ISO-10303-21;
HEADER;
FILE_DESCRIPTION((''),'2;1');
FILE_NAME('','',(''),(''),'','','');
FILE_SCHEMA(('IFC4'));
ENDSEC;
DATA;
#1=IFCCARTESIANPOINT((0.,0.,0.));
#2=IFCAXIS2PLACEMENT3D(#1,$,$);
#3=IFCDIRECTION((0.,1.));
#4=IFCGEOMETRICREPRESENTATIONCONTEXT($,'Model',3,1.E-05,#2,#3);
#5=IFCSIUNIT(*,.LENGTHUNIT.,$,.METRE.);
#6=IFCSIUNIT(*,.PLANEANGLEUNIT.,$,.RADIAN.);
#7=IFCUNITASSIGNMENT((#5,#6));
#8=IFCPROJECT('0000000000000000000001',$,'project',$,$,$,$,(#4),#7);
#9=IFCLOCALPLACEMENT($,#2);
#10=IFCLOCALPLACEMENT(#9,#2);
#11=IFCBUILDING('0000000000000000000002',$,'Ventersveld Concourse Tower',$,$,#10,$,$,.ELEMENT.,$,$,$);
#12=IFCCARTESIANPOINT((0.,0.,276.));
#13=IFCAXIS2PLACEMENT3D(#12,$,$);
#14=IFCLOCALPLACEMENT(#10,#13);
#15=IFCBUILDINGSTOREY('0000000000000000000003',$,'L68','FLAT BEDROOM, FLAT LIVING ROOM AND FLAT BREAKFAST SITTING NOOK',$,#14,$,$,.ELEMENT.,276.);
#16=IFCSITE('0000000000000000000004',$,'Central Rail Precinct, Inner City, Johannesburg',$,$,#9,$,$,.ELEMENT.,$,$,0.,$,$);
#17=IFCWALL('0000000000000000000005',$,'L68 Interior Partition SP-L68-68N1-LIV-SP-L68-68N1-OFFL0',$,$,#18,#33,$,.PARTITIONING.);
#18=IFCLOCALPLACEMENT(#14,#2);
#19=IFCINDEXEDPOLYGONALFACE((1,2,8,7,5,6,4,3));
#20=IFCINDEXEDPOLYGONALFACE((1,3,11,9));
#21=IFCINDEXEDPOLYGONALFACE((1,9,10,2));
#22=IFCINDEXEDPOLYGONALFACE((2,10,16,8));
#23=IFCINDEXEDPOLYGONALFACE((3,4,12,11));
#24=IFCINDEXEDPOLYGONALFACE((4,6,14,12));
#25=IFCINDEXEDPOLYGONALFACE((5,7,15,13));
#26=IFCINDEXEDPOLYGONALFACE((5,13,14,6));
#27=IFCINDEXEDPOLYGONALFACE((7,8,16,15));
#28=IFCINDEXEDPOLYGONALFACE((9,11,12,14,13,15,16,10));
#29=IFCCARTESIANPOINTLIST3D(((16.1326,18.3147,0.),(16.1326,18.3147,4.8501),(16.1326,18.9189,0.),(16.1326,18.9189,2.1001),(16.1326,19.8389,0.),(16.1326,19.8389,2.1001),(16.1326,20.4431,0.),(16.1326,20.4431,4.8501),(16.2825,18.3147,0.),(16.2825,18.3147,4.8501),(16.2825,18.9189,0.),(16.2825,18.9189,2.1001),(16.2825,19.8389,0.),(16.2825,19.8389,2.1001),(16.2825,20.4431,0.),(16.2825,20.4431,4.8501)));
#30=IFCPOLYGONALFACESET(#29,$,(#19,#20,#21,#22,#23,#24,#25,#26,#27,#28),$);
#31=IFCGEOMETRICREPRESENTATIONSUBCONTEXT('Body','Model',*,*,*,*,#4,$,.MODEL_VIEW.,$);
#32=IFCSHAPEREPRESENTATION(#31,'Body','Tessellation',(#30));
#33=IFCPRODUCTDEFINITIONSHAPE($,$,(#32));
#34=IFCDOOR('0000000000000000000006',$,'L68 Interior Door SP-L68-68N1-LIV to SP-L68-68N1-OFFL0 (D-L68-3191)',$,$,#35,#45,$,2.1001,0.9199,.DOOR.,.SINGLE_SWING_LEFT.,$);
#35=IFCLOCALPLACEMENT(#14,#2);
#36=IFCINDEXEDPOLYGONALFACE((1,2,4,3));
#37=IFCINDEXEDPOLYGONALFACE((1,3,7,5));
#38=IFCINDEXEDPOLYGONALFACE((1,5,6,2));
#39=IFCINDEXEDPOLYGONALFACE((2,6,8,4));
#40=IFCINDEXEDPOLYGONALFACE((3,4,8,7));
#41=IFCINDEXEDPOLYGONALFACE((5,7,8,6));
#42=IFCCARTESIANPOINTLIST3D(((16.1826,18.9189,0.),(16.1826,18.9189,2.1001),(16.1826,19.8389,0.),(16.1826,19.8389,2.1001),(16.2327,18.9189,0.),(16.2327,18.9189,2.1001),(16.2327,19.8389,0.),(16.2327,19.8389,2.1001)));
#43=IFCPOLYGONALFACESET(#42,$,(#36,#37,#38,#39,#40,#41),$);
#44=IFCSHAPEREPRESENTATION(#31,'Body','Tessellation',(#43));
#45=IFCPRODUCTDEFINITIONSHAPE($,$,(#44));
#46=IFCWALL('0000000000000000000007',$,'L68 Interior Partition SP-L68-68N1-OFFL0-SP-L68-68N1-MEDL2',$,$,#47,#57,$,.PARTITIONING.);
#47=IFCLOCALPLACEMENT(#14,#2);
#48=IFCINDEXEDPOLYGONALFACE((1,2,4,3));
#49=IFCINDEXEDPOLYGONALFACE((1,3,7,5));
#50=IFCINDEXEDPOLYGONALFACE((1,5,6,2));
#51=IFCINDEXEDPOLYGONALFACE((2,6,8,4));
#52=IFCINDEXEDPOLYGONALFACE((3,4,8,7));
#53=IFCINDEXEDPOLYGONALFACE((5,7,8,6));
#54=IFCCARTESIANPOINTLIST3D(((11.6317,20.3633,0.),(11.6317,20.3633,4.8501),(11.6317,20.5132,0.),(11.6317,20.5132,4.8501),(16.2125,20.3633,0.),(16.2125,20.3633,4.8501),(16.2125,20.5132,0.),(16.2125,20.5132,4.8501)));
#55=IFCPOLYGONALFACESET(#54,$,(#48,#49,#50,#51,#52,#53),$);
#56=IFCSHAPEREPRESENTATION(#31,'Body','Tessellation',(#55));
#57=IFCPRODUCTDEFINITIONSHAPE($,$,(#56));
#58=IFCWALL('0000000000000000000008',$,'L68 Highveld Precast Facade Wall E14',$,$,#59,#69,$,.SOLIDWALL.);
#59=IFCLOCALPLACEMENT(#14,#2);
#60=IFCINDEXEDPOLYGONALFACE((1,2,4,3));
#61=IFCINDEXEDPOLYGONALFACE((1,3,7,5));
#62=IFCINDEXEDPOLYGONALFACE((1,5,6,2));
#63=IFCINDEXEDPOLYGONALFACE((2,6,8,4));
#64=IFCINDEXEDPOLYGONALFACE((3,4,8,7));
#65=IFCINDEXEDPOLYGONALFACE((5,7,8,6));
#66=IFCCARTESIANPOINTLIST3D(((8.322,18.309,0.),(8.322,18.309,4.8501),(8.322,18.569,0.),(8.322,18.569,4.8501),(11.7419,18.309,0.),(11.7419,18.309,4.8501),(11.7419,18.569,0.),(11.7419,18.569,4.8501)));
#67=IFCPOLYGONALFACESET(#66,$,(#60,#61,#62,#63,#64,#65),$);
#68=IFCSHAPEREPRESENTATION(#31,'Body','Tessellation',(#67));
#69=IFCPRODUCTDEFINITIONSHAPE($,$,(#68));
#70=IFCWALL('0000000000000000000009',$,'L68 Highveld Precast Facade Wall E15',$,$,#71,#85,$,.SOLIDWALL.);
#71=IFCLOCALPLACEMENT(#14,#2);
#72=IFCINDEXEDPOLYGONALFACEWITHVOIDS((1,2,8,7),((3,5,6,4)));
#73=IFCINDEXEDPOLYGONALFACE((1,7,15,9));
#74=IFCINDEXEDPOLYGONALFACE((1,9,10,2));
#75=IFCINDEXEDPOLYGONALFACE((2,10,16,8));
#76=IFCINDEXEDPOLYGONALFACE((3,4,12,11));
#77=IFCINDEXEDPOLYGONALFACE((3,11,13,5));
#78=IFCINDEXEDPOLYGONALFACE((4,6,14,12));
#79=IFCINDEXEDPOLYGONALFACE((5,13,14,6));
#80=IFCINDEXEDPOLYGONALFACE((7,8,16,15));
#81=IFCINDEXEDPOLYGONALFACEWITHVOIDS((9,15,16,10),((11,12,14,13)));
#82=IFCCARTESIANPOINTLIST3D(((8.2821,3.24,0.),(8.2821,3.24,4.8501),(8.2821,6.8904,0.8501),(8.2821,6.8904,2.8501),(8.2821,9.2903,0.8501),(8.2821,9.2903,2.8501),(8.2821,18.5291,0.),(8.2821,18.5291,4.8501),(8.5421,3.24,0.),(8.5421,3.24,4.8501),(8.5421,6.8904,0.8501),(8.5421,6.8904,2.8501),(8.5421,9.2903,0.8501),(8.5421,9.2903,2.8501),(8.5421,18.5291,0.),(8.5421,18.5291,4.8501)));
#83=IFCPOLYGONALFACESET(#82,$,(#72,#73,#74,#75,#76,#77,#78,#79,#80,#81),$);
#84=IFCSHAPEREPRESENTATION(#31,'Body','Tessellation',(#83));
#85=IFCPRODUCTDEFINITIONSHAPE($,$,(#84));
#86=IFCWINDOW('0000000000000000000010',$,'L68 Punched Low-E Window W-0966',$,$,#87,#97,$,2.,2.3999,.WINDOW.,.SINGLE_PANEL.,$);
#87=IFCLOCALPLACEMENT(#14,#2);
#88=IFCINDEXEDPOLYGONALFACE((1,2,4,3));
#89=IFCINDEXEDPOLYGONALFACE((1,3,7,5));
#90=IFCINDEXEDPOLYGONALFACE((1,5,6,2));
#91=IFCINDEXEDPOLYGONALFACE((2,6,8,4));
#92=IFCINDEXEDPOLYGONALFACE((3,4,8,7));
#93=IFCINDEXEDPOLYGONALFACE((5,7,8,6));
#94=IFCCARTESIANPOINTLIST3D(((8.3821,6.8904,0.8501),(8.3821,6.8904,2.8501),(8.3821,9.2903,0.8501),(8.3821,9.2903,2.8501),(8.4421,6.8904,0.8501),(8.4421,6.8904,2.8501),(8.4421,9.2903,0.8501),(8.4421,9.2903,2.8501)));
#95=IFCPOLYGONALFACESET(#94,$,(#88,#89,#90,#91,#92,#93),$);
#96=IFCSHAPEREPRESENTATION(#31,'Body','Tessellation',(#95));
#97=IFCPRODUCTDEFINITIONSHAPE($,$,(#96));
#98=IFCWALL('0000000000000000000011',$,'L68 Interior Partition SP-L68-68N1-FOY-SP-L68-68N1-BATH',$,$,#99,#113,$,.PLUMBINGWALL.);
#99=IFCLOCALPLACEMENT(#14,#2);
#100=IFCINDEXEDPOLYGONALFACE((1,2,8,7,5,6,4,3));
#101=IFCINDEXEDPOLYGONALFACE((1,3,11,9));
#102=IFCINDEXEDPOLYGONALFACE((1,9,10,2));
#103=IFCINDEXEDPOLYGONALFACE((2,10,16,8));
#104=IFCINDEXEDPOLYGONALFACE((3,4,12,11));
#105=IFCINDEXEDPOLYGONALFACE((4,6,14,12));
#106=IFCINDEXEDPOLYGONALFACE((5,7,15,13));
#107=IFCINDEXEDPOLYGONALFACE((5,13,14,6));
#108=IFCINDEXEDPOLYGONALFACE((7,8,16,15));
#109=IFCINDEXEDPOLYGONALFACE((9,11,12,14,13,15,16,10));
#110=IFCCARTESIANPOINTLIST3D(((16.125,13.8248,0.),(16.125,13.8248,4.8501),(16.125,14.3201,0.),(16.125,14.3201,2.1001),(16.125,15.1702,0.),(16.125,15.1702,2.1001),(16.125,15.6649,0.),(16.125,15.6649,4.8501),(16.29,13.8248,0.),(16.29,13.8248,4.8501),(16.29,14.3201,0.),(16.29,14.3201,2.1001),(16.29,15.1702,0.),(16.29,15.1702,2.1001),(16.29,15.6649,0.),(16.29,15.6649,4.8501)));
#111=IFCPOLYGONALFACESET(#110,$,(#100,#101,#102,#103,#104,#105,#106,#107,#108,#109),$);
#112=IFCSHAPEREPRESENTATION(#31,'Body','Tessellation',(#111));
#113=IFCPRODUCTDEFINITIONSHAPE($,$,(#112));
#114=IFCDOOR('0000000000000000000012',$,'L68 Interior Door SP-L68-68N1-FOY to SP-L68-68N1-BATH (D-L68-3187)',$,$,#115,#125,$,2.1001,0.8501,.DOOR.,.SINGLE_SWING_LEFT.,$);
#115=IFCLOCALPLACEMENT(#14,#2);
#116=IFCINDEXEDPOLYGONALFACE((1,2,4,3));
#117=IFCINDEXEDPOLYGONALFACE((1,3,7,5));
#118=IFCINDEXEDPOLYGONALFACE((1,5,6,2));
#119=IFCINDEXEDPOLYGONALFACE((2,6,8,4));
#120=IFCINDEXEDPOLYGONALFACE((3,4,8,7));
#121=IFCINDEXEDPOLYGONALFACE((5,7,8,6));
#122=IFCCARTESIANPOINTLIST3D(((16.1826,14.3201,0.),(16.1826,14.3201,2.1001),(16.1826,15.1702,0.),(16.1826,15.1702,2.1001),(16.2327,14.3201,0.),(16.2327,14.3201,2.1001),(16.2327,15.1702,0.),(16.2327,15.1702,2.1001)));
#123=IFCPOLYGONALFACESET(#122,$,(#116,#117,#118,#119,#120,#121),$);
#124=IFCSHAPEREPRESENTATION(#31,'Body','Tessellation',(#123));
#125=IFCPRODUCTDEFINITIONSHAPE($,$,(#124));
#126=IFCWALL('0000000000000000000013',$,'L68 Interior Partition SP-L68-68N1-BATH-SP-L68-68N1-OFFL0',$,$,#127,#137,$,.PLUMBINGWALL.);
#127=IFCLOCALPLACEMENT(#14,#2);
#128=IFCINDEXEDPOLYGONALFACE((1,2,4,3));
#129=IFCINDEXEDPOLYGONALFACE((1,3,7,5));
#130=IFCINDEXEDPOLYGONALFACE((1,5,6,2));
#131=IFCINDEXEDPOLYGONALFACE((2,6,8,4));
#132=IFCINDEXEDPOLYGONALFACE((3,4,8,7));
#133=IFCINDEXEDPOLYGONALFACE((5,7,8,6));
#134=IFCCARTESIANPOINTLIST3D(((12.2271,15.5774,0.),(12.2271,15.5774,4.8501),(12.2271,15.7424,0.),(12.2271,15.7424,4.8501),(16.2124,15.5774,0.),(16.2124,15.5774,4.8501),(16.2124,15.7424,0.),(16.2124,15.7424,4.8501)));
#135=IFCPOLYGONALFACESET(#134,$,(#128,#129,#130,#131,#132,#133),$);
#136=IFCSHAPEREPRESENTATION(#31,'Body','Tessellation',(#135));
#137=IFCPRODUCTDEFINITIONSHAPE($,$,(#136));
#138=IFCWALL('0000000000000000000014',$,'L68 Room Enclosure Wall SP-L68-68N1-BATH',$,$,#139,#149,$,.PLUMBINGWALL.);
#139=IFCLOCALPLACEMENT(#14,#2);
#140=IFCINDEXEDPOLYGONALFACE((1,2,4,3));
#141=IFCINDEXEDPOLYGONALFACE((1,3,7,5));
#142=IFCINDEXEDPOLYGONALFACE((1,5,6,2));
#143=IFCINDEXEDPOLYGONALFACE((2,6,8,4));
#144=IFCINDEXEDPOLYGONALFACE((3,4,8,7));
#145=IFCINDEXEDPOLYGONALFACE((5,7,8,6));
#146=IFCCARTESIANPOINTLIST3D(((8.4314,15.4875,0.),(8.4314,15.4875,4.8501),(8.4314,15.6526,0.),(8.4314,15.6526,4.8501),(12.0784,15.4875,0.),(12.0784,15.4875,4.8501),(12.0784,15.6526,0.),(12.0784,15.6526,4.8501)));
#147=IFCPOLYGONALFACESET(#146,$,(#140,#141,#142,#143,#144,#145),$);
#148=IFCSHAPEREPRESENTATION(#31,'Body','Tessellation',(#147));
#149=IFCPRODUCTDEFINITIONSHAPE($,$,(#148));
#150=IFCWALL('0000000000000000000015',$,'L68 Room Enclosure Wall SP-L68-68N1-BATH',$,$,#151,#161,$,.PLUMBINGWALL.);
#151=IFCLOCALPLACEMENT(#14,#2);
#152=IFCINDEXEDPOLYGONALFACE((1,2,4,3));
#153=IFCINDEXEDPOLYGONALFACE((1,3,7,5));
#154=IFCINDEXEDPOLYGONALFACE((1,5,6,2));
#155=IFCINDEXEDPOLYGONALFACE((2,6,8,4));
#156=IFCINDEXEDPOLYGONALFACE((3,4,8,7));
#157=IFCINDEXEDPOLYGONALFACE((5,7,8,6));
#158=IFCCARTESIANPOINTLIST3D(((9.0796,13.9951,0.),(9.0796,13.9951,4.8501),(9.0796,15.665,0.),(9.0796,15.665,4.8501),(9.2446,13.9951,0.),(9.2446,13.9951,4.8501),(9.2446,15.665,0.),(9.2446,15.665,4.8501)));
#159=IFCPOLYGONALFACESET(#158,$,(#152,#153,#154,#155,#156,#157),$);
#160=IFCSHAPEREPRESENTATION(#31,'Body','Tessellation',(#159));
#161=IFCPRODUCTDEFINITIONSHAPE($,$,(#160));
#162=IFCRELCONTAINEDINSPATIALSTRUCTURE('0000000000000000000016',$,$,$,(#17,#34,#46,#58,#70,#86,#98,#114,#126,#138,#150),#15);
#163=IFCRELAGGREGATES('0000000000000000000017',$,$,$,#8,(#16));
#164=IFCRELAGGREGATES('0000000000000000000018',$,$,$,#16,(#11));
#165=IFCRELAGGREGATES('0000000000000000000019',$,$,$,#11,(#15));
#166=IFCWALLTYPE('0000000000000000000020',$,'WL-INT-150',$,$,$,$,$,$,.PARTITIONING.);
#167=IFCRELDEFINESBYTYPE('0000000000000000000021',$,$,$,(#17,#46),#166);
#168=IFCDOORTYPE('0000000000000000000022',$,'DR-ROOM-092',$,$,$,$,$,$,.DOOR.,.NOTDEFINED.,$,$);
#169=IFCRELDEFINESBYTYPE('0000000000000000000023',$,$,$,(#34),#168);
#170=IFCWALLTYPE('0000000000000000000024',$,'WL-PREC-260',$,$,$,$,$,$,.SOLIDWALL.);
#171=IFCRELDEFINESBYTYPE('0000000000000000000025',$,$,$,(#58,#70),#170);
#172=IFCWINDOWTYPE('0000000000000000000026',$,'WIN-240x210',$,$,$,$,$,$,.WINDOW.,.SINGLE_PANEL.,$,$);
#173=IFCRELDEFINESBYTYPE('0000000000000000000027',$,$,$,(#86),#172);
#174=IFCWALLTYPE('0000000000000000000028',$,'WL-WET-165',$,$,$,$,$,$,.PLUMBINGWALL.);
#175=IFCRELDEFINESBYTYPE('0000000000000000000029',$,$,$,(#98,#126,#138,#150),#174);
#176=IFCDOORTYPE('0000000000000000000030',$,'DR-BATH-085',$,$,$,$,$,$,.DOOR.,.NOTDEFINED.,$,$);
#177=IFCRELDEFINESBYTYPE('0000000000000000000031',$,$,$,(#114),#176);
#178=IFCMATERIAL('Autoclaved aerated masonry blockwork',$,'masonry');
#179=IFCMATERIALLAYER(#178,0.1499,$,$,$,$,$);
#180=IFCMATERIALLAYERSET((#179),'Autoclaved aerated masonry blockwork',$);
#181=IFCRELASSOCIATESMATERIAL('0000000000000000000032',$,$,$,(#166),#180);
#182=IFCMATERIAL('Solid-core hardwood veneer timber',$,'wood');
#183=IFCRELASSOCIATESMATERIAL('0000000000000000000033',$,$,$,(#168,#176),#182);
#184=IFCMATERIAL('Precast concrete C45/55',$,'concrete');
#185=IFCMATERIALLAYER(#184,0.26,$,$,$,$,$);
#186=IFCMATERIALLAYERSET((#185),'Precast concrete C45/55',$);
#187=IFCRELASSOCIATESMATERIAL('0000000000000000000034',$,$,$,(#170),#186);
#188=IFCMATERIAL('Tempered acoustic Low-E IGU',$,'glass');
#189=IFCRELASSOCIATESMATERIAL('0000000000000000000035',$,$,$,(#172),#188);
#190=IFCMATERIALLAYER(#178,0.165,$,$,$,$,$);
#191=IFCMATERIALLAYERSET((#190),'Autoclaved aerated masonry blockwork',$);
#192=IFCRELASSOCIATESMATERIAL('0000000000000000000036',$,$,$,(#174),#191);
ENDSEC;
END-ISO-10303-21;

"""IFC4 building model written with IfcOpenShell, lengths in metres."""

from ifc_helpers import new_model, si_unit, direction, frame, frame_2d, origin, place, context, subcontext, project, spatial, rectangle, extrude, material, layer, layer_set, type_object, element, fill, save


model = new_model("IFC4")

# Units and contexts
model_context = context("Model", 3, precision=1e-05, world=origin(), true_north=direction((0.0, 1.0)))
body_context = subcontext(model_context, "Body", "Model", "MODEL_VIEW")
ifc_project = project(units=[si_unit("LENGTHUNIT", "METRE"), si_unit("PLANEANGLEUNIT", "RADIAN")], contexts=[model_context])

# Site, building, storey
site_placement = place(None, origin())
site = spatial("IfcSite", under=ifc_project, at=site_placement, Name="Central Rail Precinct, Inner City, Johannesburg", CompositionType="ELEMENT", RefElevation=0.0)
building_placement = place(site_placement, origin())
building = spatial("IfcBuilding", under=site, at=building_placement, Name="Ventersveld Concourse Tower", CompositionType="ELEMENT")
storey_placement = place(building_placement, frame((0.0, 0.0, 276.0)))
storey = spatial("IfcBuildingStorey", under=building, at=storey_placement, Name="L68", Description="FLAT BEDROOM, FLAT LIVING ROOM AND FLAT BREAKFAST SITTING NOOK", CompositionType="ELEMENT", Elevation=276.0)

# Shared definitions
ifc_material_1 = material(Name="Solid-core hardwood veneer timber", Category="wood")

# Wall, opening, door
ifc_material_2 = material(Name="Autoclaved aerated masonry blockwork", Category="masonry")
ifc_layer_1 = layer(ifc_material_2, 0.1499)
ifc_layer_set_1 = layer_set([ifc_layer_1], Name="Autoclaved aerated masonry blockwork")
wall_type_1 = type_object("IfcWallType", Name="WL-INT-150", PredefinedType="PARTITIONING", material=ifc_layer_set_1)
door_type_1 = type_object("IfcDoorType", Name="DR-ROOM-092", OperationType="NOTDEFINED", PredefinedType="DOOR", material=ifc_material_1)
wall_1_placement = place(storey_placement, frame((16.2075, 18.3147, 0.0), z_axis=(0.0, 0.0, 1.0), x_axis=(0.0, 1.0, 0.0)))
wall_1 = element("IfcWall", 1, at=wall_1_placement, inside=storey, type_object=wall_type_1, Name="L68 Interior Partition SP-L68-68N1-LIV-SP-L68-68N1-OFFL0", PredefinedType="PARTITIONING", context=body_context, shape_type="SweptSolid", body=[
    extrude(rectangle(XDim=2.1284, YDim=0.1499, at=frame_2d((1.0642, 0.0))), origin(), (0.0, 0.0, 1.0), 4.8501),
])
opening_1_placement = place(wall_1_placement, frame((0.6042, 0.0, 0.0)))
opening_1 = element("IfcOpeningElement", 2, at=opening_1_placement, cuts=wall_1, PredefinedType="OPENING", context=body_context, shape_type="SweptSolid", body=[
    extrude(rectangle(XDim=0.9199, YDim=2.1001, at=frame_2d((0.46, 1.05))), frame((0.0, 0.085, 0.0), z_axis=(0.0, -1.0, 0.0), x_axis=(1.0, 0.0, 0.0)), (0.0, 0.0, 1.0), 0.1699),
])
door_1_placement = place(opening_1_placement, origin())
door_1 = element("IfcDoor", 3, at=door_1_placement, inside=storey, type_object=door_type_1, Name="L68 Interior Door SP-L68-68N1-LIV to SP-L68-68N1-OFFL0 (D-L68-3191)", OperationType="SINGLE_SWING_LEFT", OverallHeight=2.1001, OverallWidth=0.9199, PredefinedType="DOOR", context=body_context, shape_type="SweptSolid", body=[
    extrude(rectangle(XDim=0.9199, YDim=2.1001, at=frame_2d((0.46, 1.05))), frame((0.0, 0.0249, 0.0), z_axis=(0.0, -1.0, 0.0), x_axis=(1.0, 0.0, 0.0)), (0.0, 0.0, 1.0), 0.05),
])
fill(opening_1, door_1)

# Walls
wall_2_placement = place(storey_placement, frame((11.6316, 20.4382, 0.0), z_axis=(0.0, 0.0, 1.0), x_axis=(1.0, 0.0, 0.0)))
element("IfcWall", 4, at=wall_2_placement, inside=storey, type_object=wall_type_1, Name="L68 Interior Partition SP-L68-68N1-OFFL0-SP-L68-68N1-MEDL2", PredefinedType="PARTITIONING", context=body_context, shape_type="SweptSolid", body=[
    extrude(rectangle(XDim=4.5808, YDim=0.1499, at=frame_2d((2.2905, 0.0))), origin(), (0.0, 0.0, 1.0), 4.8501),
])
ifc_material_3 = material(Name="Precast concrete C45/55", Category="concrete")
ifc_layer_2 = layer(ifc_material_3, 0.26)
ifc_layer_set_2 = layer_set([ifc_layer_2], Name="Precast concrete C45/55")
wall_type_2 = type_object("IfcWallType", Name="WL-PREC-260", PredefinedType="SOLIDWALL", material=ifc_layer_set_2)
wall_3_placement = place(storey_placement, frame((11.7419, 18.439, 0.0), z_axis=(0.0, 0.0, 1.0), x_axis=(-1.0, 0.0, 0.0)))
element("IfcWall", 5, at=wall_3_placement, inside=storey, type_object=wall_type_2, Name="L68 Highveld Precast Facade Wall E14", PredefinedType="SOLIDWALL", context=body_context, shape_type="SweptSolid", body=[
    extrude(rectangle(XDim=3.4199, YDim=0.26, at=frame_2d((1.71, 0.0))), origin(), (0.0, 0.0, 1.0), 4.8501),
])

# Wall, opening, window
wall_4_placement = place(storey_placement, frame((8.4121, 18.5291, 0.0), z_axis=(0.0, 0.0, 1.0), x_axis=(0.0, -1.0, 0.0)))
wall_4 = element("IfcWall", 6, at=wall_4_placement, inside=storey, type_object=wall_type_2, Name="L68 Highveld Precast Facade Wall E15", PredefinedType="SOLIDWALL", context=body_context, shape_type="SweptSolid", body=[
    extrude(rectangle(XDim=15.2891, YDim=0.26, at=frame_2d((7.6445, 0.0))), origin(), (0.0, 0.0, 1.0), 4.8501),
])
opening_2_placement = place(wall_4_placement, frame((9.2388, 0.0, 0.8501)))
opening_2 = element("IfcOpeningElement", 7, at=opening_2_placement, cuts=wall_4, PredefinedType="OPENING", context=body_context, shape_type="SweptSolid", body=[
    extrude(rectangle(XDim=2.3999, YDim=2.0, at=frame_2d((1.2, 1.0))), frame((0.0, 0.1401, 0.0), z_axis=(0.0, -1.0, 0.0), x_axis=(1.0, 0.0, 0.0)), (0.0, 0.0, 1.0), 0.28),
])
ifc_material_4 = material(Name="Tempered acoustic Low-E IGU", Category="glass")
window_type = type_object("IfcWindowType", Name="WIN-240x210", PartitioningType="SINGLE_PANEL", PredefinedType="WINDOW", material=ifc_material_4)
window_placement = place(opening_2_placement, origin())
window = element("IfcWindow", 8, at=window_placement, inside=storey, type_object=window_type, Name="L68 Punched Low-E Window W-0966", OverallHeight=2.0, OverallWidth=2.3999, PartitioningType="SINGLE_PANEL", PredefinedType="WINDOW", context=body_context, shape_type="SweptSolid", body=[
    extrude(rectangle(XDim=2.3999, YDim=2.0, at=frame_2d((1.2, 1.0))), frame((0.0, 0.03, 0.0), z_axis=(0.0, -1.0, 0.0), x_axis=(1.0, 0.0, 0.0)), (0.0, 0.0, 1.0), 0.0601),
])
fill(opening_2, window)

# Wall, opening, door
ifc_layer_3 = layer(ifc_material_2, 0.165)
ifc_layer_set_3 = layer_set([ifc_layer_3], Name="Autoclaved aerated masonry blockwork")
wall_type_3 = type_object("IfcWallType", Name="WL-WET-165", PredefinedType="PLUMBINGWALL", material=ifc_layer_set_3)
wall_5_placement = place(storey_placement, frame((16.2075, 13.825, 0.0), z_axis=(0.0, 0.0, 1.0), x_axis=(0.0, 1.0, 0.0)))
wall_5 = element("IfcWall", 9, at=wall_5_placement, inside=storey, type_object=wall_type_3, Name="L68 Interior Partition SP-L68-68N1-FOY-SP-L68-68N1-BATH", PredefinedType="PLUMBINGWALL", context=body_context, shape_type="SweptSolid", body=[
    extrude(rectangle(XDim=1.8401, YDim=0.165, at=frame_2d((0.9199, 0.0))), origin(), (0.0, 0.0, 1.0), 4.8501),
])
opening_3_placement = place(wall_5_placement, frame((0.4951, 0.0, 0.0)))
opening_3 = element("IfcOpeningElement", 10, at=opening_3_placement, cuts=wall_5, PredefinedType="OPENING", context=body_context, shape_type="SweptSolid", body=[
    extrude(rectangle(XDim=0.8501, YDim=2.1001, at=frame_2d((0.425, 1.05))), frame((0.0, 0.0925, 0.0), z_axis=(0.0, -1.0, 0.0), x_axis=(1.0, 0.0, 0.0)), (0.0, 0.0, 1.0), 0.1851),
])
door_type_2 = type_object("IfcDoorType", Name="DR-BATH-085", OperationType="NOTDEFINED", PredefinedType="DOOR", material=ifc_material_1)
door_2_placement = place(opening_3_placement, origin())
door_2 = element("IfcDoor", 11, at=door_2_placement, inside=storey, type_object=door_type_2, Name="L68 Interior Door SP-L68-68N1-FOY to SP-L68-68N1-BATH (D-L68-3187)", OperationType="SINGLE_SWING_LEFT", OverallHeight=2.1001, OverallWidth=0.8501, PredefinedType="DOOR", context=body_context, shape_type="SweptSolid", body=[
    extrude(rectangle(XDim=0.8501, YDim=2.1001, at=frame_2d((0.425, 1.05))), frame((0.0, 0.0249, 0.0), z_axis=(0.0, -1.0, 0.0), x_axis=(1.0, 0.0, 0.0)), (0.0, 0.0, 1.0), 0.05),
])
fill(opening_3, door_2)

# Walls
wall_6_placement = place(storey_placement, frame((12.2271, 15.6599, 0.0), z_axis=(0.0, 0.0, 1.0), x_axis=(1.0, 0.0, 0.0)))
element("IfcWall", 12, at=wall_6_placement, inside=storey, type_object=wall_type_3, Name="L68 Interior Partition SP-L68-68N1-BATH-SP-L68-68N1-OFFL0", PredefinedType="PLUMBINGWALL", context=body_context, shape_type="SweptSolid", body=[
    extrude(rectangle(XDim=3.9854, YDim=0.165, at=frame_2d((1.9927, 0.0))), origin(), (0.0, 0.0, 1.0), 4.8501),
])
wall_7_placement = place(storey_placement, frame((8.4314, 15.5701, 0.0), z_axis=(0.0, 0.0, 1.0), x_axis=(1.0, 0.0, 0.0)))
element("IfcWall", 13, at=wall_7_placement, inside=storey, type_object=wall_type_3, Name="L68 Room Enclosure Wall SP-L68-68N1-BATH", PredefinedType="PLUMBINGWALL", context=body_context, shape_type="SweptSolid", body=[
    extrude(rectangle(XDim=3.647, YDim=0.165, at=frame_2d((1.8235, 0.0))), origin(), (0.0, 0.0, 1.0), 4.8501),
])
wall_8_placement = place(storey_placement, frame((9.1621, 13.9951, 0.0), z_axis=(0.0, 0.0, 1.0), x_axis=(0.0, 1.0, 0.0)))
element("IfcWall", 14, at=wall_8_placement, inside=storey, type_object=wall_type_3, Name="L68 Room Enclosure Wall SP-L68-68N1-BATH", PredefinedType="PLUMBINGWALL", context=body_context, shape_type="SweptSolid", body=[
    extrude(rectangle(XDim=1.6699, YDim=0.165, at=frame_2d((0.835, 0.0))), origin(), (0.0, 0.0, 1.0), 4.8501),
])

save(model, "model.ifc")
